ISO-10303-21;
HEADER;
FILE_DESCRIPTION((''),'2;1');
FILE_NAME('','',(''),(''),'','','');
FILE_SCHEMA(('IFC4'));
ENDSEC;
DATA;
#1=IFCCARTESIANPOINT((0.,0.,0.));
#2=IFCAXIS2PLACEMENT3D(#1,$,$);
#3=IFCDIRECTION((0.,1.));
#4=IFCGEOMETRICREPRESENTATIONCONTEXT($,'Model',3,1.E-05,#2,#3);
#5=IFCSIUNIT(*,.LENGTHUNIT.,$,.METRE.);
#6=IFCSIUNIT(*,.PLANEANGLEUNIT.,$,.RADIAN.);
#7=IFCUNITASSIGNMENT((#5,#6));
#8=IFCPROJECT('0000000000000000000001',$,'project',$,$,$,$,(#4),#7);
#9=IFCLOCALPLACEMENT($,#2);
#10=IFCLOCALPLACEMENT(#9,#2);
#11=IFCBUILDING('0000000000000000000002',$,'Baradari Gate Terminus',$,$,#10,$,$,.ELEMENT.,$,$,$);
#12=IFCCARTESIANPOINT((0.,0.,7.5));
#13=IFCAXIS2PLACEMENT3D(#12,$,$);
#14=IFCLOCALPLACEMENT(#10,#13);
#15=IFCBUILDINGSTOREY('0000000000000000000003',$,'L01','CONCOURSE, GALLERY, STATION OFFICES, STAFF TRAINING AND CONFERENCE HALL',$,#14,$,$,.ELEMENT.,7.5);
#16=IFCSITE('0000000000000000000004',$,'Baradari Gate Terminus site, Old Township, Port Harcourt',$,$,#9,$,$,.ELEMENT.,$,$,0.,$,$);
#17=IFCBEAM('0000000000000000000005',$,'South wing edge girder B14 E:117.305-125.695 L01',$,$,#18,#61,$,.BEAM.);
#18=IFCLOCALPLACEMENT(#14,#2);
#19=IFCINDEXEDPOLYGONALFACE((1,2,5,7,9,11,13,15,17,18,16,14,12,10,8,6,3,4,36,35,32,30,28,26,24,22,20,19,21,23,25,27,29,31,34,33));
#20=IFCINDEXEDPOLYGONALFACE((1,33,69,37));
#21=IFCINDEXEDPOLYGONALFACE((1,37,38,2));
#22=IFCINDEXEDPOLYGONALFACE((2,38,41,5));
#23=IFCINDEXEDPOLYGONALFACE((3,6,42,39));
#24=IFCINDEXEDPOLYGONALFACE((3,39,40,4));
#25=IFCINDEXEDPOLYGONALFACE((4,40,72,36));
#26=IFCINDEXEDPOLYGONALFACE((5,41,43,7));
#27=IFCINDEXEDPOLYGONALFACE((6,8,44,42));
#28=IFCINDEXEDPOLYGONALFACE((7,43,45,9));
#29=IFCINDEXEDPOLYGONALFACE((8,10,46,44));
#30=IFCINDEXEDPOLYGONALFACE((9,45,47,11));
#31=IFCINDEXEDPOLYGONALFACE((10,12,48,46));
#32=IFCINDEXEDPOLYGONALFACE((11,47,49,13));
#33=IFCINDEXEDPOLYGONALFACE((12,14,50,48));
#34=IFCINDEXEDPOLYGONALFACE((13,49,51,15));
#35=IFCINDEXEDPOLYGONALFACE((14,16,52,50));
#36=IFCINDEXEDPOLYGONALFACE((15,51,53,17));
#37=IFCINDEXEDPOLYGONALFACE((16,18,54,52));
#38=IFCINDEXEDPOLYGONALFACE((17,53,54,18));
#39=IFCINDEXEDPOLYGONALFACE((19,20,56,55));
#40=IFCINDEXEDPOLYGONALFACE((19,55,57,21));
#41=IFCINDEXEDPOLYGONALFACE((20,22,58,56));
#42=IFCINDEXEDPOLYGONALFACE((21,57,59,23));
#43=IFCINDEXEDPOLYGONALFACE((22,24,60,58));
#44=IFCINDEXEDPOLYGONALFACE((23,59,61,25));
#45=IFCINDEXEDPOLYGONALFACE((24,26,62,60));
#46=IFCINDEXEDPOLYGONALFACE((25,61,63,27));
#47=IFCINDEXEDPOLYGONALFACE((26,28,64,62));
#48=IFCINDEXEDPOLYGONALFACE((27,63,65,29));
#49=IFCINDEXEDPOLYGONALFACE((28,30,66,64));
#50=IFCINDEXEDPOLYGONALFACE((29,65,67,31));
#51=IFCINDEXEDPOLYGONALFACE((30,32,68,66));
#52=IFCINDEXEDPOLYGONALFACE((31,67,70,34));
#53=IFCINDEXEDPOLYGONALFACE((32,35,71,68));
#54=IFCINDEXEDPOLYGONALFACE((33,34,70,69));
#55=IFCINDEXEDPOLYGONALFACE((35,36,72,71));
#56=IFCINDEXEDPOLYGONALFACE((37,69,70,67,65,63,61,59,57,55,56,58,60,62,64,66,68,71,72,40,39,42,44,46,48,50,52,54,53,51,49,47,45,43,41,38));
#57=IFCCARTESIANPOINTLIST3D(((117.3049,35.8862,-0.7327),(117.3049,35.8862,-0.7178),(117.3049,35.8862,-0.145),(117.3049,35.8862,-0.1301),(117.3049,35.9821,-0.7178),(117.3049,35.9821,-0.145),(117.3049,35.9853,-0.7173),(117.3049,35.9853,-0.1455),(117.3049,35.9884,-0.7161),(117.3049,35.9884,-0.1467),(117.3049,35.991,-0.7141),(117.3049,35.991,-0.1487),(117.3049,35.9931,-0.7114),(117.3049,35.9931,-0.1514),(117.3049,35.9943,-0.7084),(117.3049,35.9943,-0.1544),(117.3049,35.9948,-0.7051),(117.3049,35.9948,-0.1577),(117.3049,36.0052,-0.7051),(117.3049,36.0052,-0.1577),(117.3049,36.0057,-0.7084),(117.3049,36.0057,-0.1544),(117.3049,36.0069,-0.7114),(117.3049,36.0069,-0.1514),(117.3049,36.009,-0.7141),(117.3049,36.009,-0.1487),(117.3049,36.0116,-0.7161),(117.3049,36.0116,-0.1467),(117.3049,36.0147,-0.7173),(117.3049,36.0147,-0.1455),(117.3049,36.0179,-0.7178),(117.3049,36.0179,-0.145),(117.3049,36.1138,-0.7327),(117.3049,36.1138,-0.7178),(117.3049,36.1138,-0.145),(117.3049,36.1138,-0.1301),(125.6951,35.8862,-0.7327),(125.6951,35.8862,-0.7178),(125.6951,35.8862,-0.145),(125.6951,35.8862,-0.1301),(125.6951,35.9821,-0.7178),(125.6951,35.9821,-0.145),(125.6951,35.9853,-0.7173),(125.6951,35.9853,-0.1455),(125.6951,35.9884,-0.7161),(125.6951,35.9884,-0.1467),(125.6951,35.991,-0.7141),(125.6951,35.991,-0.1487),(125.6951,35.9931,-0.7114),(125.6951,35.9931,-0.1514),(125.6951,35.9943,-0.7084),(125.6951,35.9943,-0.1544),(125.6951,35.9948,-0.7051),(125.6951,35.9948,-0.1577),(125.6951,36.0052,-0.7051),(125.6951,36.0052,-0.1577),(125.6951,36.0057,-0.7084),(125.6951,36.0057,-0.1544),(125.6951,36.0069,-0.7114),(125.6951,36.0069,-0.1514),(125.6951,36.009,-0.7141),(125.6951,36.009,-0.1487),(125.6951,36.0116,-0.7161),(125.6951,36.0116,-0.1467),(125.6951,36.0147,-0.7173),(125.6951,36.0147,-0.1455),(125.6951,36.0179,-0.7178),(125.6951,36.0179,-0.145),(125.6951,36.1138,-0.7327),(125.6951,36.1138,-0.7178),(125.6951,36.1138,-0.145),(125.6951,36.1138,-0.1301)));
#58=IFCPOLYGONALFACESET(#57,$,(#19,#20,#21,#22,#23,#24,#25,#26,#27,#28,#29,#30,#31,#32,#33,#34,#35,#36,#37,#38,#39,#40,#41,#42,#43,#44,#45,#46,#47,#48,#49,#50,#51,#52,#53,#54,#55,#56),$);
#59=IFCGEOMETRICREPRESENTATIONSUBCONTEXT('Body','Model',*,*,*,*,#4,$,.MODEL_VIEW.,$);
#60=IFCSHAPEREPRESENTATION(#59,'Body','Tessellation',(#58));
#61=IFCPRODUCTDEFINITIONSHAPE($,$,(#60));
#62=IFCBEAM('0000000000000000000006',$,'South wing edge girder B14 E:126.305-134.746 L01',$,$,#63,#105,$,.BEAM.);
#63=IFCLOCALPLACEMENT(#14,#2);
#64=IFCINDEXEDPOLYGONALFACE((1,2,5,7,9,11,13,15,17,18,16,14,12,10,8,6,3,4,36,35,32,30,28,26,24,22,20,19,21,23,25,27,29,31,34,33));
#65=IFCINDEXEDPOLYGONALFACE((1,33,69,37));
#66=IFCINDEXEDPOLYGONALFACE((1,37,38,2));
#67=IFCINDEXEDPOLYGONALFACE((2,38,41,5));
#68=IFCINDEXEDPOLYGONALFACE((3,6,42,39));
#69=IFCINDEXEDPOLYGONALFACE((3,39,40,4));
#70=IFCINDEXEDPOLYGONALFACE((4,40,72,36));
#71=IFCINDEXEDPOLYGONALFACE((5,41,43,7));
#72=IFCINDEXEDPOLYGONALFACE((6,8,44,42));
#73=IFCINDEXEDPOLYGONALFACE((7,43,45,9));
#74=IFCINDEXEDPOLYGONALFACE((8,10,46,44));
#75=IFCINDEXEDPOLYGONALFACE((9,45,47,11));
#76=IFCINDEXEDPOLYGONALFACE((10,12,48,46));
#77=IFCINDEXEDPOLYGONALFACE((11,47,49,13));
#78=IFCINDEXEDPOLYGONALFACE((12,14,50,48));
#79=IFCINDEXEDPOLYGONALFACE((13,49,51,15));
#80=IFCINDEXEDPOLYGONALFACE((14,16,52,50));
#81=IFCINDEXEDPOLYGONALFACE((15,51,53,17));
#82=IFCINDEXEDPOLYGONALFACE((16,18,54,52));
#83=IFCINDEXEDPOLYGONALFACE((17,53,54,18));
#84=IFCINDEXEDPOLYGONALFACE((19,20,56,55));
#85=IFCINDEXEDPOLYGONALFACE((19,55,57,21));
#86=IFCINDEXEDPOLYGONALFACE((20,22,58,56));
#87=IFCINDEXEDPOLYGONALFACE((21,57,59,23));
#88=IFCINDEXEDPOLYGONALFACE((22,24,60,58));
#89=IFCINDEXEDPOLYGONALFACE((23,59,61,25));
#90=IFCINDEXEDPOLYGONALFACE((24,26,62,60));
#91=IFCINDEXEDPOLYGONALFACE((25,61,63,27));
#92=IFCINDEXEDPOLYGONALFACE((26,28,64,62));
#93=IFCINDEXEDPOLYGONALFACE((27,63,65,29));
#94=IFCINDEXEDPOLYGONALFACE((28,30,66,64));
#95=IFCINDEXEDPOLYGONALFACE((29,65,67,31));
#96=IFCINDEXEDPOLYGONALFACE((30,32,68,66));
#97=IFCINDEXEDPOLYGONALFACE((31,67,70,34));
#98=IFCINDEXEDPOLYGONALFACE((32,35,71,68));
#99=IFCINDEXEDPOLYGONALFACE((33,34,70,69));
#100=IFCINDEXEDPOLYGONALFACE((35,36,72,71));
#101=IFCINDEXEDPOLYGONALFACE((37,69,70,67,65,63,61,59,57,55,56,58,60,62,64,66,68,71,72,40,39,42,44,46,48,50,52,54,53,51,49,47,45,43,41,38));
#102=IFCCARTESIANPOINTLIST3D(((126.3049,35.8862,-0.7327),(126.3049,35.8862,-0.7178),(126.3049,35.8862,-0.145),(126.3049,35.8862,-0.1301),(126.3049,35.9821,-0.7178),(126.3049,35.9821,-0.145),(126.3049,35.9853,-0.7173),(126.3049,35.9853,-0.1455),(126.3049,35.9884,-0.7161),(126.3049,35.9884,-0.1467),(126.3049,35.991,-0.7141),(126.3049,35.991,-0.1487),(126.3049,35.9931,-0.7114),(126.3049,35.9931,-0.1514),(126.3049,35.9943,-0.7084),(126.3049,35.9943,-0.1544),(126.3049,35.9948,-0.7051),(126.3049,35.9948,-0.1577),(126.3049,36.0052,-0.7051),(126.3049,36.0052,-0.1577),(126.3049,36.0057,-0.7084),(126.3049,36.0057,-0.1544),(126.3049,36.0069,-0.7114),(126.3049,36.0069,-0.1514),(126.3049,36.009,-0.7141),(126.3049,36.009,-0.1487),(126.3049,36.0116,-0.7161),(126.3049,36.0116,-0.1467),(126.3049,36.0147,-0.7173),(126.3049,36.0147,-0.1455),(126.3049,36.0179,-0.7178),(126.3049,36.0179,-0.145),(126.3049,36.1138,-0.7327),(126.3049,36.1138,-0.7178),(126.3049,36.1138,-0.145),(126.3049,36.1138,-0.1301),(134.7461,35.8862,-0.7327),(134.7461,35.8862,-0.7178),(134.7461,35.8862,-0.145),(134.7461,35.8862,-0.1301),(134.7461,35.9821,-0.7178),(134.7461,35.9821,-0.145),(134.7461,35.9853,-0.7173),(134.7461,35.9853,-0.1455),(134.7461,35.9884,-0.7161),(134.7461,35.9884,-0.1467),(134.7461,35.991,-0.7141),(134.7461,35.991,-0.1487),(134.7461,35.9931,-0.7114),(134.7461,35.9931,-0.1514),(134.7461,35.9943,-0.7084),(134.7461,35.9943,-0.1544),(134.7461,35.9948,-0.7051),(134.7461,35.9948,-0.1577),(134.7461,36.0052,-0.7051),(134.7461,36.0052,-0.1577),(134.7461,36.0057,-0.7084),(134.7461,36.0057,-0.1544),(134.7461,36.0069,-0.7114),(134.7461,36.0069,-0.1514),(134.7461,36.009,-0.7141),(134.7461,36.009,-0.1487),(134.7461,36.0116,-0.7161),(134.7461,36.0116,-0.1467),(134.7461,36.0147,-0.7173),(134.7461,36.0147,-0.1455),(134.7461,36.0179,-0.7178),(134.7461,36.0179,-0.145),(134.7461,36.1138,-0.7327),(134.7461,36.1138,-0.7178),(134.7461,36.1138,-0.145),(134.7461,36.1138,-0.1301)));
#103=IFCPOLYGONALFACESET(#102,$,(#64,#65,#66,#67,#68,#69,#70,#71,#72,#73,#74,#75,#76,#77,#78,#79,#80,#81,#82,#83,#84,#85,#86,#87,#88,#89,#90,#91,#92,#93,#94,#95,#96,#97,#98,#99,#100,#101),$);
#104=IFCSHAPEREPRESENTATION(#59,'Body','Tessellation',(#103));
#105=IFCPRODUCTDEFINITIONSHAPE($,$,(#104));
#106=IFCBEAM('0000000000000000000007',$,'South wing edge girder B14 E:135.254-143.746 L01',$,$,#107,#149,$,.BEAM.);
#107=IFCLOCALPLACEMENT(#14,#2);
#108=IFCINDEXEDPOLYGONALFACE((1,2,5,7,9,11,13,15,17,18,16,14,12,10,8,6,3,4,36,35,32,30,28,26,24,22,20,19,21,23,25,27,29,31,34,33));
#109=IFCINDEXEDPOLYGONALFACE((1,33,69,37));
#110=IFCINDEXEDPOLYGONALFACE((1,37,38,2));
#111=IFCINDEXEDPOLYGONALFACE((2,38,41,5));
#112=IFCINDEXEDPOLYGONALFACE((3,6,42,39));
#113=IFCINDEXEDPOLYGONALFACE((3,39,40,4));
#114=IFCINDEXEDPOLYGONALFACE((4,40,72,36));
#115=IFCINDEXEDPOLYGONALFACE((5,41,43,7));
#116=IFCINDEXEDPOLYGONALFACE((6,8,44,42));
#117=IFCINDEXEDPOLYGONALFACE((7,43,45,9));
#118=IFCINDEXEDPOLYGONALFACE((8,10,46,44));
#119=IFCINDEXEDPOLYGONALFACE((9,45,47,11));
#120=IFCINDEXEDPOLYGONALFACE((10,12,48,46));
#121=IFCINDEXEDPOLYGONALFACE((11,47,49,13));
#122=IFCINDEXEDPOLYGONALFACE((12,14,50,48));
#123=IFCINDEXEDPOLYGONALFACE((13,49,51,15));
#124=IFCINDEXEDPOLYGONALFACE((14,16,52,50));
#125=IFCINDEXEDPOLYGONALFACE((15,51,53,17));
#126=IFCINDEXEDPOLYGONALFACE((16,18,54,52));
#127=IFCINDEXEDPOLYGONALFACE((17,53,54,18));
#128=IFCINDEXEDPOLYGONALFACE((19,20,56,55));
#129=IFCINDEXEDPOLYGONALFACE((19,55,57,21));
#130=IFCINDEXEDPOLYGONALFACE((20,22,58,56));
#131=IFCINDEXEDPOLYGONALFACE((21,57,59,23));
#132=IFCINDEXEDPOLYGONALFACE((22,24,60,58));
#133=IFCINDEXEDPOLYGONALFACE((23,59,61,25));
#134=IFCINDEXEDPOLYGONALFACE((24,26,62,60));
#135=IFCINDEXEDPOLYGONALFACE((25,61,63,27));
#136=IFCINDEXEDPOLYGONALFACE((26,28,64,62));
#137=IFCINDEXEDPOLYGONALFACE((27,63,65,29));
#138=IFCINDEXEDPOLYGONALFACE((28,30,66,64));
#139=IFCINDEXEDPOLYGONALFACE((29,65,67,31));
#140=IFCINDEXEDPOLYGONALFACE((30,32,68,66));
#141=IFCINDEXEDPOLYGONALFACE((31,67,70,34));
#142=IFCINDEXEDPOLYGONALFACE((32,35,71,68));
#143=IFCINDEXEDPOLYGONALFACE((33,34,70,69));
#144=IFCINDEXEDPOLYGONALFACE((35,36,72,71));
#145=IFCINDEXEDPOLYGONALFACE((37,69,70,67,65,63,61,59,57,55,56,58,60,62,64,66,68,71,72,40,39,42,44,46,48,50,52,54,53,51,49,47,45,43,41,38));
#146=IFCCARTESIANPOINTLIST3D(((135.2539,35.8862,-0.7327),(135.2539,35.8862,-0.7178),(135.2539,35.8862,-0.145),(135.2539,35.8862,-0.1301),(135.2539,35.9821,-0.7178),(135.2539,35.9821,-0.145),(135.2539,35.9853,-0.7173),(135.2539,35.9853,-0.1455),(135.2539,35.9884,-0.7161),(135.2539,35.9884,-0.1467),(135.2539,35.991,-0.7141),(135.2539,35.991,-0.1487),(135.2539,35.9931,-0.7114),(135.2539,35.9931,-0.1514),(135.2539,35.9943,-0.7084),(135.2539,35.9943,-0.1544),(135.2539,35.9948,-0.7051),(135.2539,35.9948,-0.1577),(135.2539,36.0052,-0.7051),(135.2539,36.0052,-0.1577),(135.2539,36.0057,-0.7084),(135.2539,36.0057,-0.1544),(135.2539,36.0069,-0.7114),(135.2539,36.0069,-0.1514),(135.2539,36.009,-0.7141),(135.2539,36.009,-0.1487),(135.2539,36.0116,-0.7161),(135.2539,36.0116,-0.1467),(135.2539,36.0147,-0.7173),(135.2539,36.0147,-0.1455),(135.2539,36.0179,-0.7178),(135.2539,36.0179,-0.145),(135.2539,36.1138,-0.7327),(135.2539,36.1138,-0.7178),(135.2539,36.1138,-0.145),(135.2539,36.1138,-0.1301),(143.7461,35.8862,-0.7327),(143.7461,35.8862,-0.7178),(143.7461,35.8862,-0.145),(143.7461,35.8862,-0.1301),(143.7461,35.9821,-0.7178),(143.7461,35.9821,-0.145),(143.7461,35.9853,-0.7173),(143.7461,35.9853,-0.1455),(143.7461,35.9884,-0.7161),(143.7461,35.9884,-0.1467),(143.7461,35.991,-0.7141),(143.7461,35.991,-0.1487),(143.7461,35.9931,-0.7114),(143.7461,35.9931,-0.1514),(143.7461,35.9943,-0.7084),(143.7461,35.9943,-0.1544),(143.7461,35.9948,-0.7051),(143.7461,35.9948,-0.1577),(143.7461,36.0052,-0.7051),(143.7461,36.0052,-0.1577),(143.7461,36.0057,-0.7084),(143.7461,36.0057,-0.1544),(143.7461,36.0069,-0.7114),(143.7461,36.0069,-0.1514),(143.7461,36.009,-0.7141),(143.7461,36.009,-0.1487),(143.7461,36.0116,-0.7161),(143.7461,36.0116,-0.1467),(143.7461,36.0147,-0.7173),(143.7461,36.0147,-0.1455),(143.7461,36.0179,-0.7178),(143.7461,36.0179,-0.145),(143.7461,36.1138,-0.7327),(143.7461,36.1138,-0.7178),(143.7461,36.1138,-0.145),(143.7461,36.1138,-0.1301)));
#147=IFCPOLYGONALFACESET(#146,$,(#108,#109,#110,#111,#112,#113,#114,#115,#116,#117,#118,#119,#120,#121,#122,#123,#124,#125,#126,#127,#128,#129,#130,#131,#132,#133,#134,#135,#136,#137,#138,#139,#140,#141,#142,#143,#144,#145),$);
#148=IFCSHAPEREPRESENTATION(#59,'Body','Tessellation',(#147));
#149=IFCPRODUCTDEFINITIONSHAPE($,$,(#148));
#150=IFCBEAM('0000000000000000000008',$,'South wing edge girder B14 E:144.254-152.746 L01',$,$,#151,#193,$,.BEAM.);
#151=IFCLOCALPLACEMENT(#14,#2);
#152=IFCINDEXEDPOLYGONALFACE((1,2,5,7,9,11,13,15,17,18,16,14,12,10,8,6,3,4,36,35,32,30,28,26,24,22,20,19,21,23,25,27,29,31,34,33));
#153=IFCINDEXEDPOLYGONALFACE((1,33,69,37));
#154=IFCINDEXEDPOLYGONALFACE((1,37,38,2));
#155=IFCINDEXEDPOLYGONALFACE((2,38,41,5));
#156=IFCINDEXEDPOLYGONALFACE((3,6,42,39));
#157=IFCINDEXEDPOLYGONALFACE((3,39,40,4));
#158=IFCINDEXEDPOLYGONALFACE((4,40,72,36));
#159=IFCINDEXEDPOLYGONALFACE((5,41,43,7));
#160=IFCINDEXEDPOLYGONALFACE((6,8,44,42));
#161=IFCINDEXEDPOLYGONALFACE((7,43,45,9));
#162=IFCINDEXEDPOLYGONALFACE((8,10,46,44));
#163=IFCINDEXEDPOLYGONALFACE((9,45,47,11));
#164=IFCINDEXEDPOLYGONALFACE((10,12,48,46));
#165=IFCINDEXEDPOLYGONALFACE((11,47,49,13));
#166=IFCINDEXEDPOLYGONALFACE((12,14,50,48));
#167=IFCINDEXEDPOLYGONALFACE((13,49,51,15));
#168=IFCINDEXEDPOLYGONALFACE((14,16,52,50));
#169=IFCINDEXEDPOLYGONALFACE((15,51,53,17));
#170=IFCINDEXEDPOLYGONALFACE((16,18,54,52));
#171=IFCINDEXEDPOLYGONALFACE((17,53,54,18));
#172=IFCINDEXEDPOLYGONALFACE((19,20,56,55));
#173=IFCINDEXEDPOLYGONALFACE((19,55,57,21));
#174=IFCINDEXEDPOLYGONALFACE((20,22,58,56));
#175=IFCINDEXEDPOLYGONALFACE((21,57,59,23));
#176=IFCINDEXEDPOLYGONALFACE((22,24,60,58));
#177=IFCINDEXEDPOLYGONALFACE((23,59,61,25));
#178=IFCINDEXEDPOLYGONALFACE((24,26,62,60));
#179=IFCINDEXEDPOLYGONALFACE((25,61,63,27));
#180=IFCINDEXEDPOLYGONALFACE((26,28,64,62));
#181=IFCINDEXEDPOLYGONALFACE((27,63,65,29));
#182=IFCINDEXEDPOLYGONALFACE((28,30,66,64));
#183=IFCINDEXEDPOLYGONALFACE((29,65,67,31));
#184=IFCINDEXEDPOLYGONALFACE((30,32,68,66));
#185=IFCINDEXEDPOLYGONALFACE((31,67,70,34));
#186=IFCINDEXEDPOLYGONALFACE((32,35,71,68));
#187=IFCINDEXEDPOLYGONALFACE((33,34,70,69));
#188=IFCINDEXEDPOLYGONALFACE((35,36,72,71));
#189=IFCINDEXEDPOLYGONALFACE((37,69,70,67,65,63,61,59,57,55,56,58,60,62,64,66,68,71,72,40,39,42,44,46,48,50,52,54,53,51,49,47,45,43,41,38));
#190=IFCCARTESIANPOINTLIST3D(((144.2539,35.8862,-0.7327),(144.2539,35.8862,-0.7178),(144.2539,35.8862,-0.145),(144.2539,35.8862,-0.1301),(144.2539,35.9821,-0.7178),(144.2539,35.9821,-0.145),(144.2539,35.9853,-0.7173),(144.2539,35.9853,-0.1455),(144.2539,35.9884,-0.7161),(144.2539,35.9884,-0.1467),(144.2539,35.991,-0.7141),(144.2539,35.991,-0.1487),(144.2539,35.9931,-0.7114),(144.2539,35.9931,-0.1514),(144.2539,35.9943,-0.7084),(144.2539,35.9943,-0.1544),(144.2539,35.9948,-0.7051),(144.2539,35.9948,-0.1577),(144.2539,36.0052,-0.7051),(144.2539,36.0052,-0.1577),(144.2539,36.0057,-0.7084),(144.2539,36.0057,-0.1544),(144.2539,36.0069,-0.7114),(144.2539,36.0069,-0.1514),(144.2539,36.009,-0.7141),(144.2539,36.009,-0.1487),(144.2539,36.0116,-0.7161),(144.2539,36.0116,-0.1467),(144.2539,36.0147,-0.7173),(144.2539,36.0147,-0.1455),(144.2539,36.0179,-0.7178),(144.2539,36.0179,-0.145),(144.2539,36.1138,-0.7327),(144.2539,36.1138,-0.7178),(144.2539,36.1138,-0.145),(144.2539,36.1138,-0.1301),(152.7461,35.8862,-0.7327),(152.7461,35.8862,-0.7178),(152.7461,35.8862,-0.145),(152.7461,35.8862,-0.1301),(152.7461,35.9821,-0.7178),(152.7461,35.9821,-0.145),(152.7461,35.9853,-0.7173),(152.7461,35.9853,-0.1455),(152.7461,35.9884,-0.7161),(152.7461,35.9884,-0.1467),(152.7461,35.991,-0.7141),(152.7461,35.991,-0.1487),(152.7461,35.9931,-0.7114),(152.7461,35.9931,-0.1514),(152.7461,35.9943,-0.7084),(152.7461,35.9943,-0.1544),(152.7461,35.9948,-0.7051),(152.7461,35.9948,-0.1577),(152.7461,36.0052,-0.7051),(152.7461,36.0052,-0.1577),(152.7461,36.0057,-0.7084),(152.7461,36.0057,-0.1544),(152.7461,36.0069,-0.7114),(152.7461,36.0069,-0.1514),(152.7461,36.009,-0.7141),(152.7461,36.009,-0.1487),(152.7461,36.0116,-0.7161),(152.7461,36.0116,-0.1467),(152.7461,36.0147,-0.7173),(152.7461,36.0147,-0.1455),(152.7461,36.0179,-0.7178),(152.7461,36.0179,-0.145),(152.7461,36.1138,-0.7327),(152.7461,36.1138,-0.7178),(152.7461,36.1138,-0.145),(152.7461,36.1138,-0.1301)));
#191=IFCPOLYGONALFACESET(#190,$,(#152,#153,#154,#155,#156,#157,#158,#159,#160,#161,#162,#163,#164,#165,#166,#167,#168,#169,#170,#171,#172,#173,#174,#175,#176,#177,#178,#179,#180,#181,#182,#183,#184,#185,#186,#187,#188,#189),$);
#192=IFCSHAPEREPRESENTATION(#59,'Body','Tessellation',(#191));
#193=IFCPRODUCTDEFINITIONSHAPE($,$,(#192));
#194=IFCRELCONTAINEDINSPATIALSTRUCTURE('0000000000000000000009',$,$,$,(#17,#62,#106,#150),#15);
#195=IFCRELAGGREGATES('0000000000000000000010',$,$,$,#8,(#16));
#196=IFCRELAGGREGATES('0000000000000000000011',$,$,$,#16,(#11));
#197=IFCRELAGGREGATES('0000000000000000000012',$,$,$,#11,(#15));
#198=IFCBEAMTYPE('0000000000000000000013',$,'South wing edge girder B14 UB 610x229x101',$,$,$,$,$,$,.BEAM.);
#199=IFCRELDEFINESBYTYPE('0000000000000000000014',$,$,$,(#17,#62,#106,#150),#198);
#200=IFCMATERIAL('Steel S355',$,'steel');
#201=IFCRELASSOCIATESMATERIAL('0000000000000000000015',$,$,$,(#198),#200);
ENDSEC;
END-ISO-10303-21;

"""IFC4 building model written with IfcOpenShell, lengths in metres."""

from ifc_helpers import new_model, si_unit, direction, frame, origin, origin_2d, place, context, subcontext, project, spatial, i_section, extrude, material, material_profile, profile_set, type_object, element, save


model = new_model("IFC4")

# Units and contexts
model_context = context("Model", 3, precision=1e-05, world=origin(), true_north=direction((0.0, 1.0)))
body_context = subcontext(model_context, "Body", "Model", "MODEL_VIEW")
ifc_project = project(units=[si_unit("LENGTHUNIT", "METRE"), si_unit("PLANEANGLEUNIT", "RADIAN")], contexts=[model_context])

# Site, building, storey
site_placement = place(None, origin())
site = spatial("IfcSite", under=ifc_project, at=site_placement, Name="Baradari Gate Terminus site, Old Township, Port Harcourt", CompositionType="ELEMENT", RefElevation=0.0)
building_placement = place(site_placement, origin())
building = spatial("IfcBuilding", under=site, at=building_placement, Name="Baradari Gate Terminus", CompositionType="ELEMENT")
storey_placement = place(building_placement, frame((0.0, 0.0, 7.5)))
storey = spatial("IfcBuildingStorey", under=building, at=storey_placement, Name="L01", Description="CONCOURSE, GALLERY, STATION OFFICES, STAFF TRAINING AND CONFERENCE HALL", CompositionType="ELEMENT", Elevation=7.5)

# Beams
ifc_material_1 = material(Name="Steel S355", Category="steel")
ifc_material_profile_1 = material_profile(ifc_material_1, i_section(OverallWidth=0.2275, OverallDepth=0.6025, WebThickness=0.0105, FlangeThickness=0.0149, FilletRadius=0.0127, at=origin_2d()), Name="UB 610x229x101")
ifc_profile_set_1 = profile_set([ifc_material_profile_1], Name="Steel S355")
beam_type_1 = type_object("IfcBeamType", Name="South wing edge girder B14 UB 610x229x101", PredefinedType="BEAM", material=ifc_profile_set_1)
beam_1_placement = place(storey_placement, frame((117.3049, 36.0, -0.4314), z_axis=(1.0, 0.0, 0.0), x_axis=(0.0, 1.0, 0.0)))
element("IfcBeam", 1, at=beam_1_placement, inside=storey, type_object=beam_type_1, Name="South wing edge girder B14 E:117.305-125.695 L01", PredefinedType="BEAM", context=body_context, shape_type="SweptSolid", body=[
    extrude(i_section(OverallWidth=0.2275, OverallDepth=0.6025, WebThickness=0.0105, FlangeThickness=0.0149, FilletRadius=0.0127, at=origin_2d()), origin(), (0.0, 0.0, 1.0), 8.3901),
])
beam_2_placement = place(storey_placement, frame((126.3049, 36.0, -0.4314), z_axis=(1.0, 0.0, 0.0), x_axis=(0.0, 1.0, 0.0)))
element("IfcBeam", 2, at=beam_2_placement, inside=storey, type_object=beam_type_1, Name="South wing edge girder B14 E:126.305-134.746 L01", PredefinedType="BEAM", context=body_context, shape_type="SweptSolid", body=[
    extrude(i_section(OverallWidth=0.2275, OverallDepth=0.6025, WebThickness=0.0105, FlangeThickness=0.0149, FilletRadius=0.0127, at=origin_2d()), origin(), (0.0, 0.0, 1.0), 8.4412),
])
for number, where, z_axis, x_axis, name in (
    (3, (135.2539, 36.0, -0.4314), (1.0, 0.0, 0.0), (0.0, 1.0, 0.0), "South wing edge girder B14 E:135.254-143.746 L01"),
    (4, (144.2539, 36.0, -0.4314), (1.0, 0.0, 0.0), (0.0, 1.0, 0.0), "South wing edge girder B14 E:144.254-152.746 L01"),
):
    element("IfcBeam", number, at=place(storey_placement, frame(where, z_axis=z_axis, x_axis=x_axis)), inside=storey, type_object=beam_type_1, Name=name, PredefinedType="BEAM", context=body_context, shape_type="SweptSolid", body=[
        extrude(i_section(OverallWidth=0.2275, OverallDepth=0.6025, WebThickness=0.0105, FlangeThickness=0.0149, FilletRadius=0.0127, at=origin_2d()), origin(), (0.0, 0.0, 1.0), 8.4922),
    ])

save(model, "model.ifc")
